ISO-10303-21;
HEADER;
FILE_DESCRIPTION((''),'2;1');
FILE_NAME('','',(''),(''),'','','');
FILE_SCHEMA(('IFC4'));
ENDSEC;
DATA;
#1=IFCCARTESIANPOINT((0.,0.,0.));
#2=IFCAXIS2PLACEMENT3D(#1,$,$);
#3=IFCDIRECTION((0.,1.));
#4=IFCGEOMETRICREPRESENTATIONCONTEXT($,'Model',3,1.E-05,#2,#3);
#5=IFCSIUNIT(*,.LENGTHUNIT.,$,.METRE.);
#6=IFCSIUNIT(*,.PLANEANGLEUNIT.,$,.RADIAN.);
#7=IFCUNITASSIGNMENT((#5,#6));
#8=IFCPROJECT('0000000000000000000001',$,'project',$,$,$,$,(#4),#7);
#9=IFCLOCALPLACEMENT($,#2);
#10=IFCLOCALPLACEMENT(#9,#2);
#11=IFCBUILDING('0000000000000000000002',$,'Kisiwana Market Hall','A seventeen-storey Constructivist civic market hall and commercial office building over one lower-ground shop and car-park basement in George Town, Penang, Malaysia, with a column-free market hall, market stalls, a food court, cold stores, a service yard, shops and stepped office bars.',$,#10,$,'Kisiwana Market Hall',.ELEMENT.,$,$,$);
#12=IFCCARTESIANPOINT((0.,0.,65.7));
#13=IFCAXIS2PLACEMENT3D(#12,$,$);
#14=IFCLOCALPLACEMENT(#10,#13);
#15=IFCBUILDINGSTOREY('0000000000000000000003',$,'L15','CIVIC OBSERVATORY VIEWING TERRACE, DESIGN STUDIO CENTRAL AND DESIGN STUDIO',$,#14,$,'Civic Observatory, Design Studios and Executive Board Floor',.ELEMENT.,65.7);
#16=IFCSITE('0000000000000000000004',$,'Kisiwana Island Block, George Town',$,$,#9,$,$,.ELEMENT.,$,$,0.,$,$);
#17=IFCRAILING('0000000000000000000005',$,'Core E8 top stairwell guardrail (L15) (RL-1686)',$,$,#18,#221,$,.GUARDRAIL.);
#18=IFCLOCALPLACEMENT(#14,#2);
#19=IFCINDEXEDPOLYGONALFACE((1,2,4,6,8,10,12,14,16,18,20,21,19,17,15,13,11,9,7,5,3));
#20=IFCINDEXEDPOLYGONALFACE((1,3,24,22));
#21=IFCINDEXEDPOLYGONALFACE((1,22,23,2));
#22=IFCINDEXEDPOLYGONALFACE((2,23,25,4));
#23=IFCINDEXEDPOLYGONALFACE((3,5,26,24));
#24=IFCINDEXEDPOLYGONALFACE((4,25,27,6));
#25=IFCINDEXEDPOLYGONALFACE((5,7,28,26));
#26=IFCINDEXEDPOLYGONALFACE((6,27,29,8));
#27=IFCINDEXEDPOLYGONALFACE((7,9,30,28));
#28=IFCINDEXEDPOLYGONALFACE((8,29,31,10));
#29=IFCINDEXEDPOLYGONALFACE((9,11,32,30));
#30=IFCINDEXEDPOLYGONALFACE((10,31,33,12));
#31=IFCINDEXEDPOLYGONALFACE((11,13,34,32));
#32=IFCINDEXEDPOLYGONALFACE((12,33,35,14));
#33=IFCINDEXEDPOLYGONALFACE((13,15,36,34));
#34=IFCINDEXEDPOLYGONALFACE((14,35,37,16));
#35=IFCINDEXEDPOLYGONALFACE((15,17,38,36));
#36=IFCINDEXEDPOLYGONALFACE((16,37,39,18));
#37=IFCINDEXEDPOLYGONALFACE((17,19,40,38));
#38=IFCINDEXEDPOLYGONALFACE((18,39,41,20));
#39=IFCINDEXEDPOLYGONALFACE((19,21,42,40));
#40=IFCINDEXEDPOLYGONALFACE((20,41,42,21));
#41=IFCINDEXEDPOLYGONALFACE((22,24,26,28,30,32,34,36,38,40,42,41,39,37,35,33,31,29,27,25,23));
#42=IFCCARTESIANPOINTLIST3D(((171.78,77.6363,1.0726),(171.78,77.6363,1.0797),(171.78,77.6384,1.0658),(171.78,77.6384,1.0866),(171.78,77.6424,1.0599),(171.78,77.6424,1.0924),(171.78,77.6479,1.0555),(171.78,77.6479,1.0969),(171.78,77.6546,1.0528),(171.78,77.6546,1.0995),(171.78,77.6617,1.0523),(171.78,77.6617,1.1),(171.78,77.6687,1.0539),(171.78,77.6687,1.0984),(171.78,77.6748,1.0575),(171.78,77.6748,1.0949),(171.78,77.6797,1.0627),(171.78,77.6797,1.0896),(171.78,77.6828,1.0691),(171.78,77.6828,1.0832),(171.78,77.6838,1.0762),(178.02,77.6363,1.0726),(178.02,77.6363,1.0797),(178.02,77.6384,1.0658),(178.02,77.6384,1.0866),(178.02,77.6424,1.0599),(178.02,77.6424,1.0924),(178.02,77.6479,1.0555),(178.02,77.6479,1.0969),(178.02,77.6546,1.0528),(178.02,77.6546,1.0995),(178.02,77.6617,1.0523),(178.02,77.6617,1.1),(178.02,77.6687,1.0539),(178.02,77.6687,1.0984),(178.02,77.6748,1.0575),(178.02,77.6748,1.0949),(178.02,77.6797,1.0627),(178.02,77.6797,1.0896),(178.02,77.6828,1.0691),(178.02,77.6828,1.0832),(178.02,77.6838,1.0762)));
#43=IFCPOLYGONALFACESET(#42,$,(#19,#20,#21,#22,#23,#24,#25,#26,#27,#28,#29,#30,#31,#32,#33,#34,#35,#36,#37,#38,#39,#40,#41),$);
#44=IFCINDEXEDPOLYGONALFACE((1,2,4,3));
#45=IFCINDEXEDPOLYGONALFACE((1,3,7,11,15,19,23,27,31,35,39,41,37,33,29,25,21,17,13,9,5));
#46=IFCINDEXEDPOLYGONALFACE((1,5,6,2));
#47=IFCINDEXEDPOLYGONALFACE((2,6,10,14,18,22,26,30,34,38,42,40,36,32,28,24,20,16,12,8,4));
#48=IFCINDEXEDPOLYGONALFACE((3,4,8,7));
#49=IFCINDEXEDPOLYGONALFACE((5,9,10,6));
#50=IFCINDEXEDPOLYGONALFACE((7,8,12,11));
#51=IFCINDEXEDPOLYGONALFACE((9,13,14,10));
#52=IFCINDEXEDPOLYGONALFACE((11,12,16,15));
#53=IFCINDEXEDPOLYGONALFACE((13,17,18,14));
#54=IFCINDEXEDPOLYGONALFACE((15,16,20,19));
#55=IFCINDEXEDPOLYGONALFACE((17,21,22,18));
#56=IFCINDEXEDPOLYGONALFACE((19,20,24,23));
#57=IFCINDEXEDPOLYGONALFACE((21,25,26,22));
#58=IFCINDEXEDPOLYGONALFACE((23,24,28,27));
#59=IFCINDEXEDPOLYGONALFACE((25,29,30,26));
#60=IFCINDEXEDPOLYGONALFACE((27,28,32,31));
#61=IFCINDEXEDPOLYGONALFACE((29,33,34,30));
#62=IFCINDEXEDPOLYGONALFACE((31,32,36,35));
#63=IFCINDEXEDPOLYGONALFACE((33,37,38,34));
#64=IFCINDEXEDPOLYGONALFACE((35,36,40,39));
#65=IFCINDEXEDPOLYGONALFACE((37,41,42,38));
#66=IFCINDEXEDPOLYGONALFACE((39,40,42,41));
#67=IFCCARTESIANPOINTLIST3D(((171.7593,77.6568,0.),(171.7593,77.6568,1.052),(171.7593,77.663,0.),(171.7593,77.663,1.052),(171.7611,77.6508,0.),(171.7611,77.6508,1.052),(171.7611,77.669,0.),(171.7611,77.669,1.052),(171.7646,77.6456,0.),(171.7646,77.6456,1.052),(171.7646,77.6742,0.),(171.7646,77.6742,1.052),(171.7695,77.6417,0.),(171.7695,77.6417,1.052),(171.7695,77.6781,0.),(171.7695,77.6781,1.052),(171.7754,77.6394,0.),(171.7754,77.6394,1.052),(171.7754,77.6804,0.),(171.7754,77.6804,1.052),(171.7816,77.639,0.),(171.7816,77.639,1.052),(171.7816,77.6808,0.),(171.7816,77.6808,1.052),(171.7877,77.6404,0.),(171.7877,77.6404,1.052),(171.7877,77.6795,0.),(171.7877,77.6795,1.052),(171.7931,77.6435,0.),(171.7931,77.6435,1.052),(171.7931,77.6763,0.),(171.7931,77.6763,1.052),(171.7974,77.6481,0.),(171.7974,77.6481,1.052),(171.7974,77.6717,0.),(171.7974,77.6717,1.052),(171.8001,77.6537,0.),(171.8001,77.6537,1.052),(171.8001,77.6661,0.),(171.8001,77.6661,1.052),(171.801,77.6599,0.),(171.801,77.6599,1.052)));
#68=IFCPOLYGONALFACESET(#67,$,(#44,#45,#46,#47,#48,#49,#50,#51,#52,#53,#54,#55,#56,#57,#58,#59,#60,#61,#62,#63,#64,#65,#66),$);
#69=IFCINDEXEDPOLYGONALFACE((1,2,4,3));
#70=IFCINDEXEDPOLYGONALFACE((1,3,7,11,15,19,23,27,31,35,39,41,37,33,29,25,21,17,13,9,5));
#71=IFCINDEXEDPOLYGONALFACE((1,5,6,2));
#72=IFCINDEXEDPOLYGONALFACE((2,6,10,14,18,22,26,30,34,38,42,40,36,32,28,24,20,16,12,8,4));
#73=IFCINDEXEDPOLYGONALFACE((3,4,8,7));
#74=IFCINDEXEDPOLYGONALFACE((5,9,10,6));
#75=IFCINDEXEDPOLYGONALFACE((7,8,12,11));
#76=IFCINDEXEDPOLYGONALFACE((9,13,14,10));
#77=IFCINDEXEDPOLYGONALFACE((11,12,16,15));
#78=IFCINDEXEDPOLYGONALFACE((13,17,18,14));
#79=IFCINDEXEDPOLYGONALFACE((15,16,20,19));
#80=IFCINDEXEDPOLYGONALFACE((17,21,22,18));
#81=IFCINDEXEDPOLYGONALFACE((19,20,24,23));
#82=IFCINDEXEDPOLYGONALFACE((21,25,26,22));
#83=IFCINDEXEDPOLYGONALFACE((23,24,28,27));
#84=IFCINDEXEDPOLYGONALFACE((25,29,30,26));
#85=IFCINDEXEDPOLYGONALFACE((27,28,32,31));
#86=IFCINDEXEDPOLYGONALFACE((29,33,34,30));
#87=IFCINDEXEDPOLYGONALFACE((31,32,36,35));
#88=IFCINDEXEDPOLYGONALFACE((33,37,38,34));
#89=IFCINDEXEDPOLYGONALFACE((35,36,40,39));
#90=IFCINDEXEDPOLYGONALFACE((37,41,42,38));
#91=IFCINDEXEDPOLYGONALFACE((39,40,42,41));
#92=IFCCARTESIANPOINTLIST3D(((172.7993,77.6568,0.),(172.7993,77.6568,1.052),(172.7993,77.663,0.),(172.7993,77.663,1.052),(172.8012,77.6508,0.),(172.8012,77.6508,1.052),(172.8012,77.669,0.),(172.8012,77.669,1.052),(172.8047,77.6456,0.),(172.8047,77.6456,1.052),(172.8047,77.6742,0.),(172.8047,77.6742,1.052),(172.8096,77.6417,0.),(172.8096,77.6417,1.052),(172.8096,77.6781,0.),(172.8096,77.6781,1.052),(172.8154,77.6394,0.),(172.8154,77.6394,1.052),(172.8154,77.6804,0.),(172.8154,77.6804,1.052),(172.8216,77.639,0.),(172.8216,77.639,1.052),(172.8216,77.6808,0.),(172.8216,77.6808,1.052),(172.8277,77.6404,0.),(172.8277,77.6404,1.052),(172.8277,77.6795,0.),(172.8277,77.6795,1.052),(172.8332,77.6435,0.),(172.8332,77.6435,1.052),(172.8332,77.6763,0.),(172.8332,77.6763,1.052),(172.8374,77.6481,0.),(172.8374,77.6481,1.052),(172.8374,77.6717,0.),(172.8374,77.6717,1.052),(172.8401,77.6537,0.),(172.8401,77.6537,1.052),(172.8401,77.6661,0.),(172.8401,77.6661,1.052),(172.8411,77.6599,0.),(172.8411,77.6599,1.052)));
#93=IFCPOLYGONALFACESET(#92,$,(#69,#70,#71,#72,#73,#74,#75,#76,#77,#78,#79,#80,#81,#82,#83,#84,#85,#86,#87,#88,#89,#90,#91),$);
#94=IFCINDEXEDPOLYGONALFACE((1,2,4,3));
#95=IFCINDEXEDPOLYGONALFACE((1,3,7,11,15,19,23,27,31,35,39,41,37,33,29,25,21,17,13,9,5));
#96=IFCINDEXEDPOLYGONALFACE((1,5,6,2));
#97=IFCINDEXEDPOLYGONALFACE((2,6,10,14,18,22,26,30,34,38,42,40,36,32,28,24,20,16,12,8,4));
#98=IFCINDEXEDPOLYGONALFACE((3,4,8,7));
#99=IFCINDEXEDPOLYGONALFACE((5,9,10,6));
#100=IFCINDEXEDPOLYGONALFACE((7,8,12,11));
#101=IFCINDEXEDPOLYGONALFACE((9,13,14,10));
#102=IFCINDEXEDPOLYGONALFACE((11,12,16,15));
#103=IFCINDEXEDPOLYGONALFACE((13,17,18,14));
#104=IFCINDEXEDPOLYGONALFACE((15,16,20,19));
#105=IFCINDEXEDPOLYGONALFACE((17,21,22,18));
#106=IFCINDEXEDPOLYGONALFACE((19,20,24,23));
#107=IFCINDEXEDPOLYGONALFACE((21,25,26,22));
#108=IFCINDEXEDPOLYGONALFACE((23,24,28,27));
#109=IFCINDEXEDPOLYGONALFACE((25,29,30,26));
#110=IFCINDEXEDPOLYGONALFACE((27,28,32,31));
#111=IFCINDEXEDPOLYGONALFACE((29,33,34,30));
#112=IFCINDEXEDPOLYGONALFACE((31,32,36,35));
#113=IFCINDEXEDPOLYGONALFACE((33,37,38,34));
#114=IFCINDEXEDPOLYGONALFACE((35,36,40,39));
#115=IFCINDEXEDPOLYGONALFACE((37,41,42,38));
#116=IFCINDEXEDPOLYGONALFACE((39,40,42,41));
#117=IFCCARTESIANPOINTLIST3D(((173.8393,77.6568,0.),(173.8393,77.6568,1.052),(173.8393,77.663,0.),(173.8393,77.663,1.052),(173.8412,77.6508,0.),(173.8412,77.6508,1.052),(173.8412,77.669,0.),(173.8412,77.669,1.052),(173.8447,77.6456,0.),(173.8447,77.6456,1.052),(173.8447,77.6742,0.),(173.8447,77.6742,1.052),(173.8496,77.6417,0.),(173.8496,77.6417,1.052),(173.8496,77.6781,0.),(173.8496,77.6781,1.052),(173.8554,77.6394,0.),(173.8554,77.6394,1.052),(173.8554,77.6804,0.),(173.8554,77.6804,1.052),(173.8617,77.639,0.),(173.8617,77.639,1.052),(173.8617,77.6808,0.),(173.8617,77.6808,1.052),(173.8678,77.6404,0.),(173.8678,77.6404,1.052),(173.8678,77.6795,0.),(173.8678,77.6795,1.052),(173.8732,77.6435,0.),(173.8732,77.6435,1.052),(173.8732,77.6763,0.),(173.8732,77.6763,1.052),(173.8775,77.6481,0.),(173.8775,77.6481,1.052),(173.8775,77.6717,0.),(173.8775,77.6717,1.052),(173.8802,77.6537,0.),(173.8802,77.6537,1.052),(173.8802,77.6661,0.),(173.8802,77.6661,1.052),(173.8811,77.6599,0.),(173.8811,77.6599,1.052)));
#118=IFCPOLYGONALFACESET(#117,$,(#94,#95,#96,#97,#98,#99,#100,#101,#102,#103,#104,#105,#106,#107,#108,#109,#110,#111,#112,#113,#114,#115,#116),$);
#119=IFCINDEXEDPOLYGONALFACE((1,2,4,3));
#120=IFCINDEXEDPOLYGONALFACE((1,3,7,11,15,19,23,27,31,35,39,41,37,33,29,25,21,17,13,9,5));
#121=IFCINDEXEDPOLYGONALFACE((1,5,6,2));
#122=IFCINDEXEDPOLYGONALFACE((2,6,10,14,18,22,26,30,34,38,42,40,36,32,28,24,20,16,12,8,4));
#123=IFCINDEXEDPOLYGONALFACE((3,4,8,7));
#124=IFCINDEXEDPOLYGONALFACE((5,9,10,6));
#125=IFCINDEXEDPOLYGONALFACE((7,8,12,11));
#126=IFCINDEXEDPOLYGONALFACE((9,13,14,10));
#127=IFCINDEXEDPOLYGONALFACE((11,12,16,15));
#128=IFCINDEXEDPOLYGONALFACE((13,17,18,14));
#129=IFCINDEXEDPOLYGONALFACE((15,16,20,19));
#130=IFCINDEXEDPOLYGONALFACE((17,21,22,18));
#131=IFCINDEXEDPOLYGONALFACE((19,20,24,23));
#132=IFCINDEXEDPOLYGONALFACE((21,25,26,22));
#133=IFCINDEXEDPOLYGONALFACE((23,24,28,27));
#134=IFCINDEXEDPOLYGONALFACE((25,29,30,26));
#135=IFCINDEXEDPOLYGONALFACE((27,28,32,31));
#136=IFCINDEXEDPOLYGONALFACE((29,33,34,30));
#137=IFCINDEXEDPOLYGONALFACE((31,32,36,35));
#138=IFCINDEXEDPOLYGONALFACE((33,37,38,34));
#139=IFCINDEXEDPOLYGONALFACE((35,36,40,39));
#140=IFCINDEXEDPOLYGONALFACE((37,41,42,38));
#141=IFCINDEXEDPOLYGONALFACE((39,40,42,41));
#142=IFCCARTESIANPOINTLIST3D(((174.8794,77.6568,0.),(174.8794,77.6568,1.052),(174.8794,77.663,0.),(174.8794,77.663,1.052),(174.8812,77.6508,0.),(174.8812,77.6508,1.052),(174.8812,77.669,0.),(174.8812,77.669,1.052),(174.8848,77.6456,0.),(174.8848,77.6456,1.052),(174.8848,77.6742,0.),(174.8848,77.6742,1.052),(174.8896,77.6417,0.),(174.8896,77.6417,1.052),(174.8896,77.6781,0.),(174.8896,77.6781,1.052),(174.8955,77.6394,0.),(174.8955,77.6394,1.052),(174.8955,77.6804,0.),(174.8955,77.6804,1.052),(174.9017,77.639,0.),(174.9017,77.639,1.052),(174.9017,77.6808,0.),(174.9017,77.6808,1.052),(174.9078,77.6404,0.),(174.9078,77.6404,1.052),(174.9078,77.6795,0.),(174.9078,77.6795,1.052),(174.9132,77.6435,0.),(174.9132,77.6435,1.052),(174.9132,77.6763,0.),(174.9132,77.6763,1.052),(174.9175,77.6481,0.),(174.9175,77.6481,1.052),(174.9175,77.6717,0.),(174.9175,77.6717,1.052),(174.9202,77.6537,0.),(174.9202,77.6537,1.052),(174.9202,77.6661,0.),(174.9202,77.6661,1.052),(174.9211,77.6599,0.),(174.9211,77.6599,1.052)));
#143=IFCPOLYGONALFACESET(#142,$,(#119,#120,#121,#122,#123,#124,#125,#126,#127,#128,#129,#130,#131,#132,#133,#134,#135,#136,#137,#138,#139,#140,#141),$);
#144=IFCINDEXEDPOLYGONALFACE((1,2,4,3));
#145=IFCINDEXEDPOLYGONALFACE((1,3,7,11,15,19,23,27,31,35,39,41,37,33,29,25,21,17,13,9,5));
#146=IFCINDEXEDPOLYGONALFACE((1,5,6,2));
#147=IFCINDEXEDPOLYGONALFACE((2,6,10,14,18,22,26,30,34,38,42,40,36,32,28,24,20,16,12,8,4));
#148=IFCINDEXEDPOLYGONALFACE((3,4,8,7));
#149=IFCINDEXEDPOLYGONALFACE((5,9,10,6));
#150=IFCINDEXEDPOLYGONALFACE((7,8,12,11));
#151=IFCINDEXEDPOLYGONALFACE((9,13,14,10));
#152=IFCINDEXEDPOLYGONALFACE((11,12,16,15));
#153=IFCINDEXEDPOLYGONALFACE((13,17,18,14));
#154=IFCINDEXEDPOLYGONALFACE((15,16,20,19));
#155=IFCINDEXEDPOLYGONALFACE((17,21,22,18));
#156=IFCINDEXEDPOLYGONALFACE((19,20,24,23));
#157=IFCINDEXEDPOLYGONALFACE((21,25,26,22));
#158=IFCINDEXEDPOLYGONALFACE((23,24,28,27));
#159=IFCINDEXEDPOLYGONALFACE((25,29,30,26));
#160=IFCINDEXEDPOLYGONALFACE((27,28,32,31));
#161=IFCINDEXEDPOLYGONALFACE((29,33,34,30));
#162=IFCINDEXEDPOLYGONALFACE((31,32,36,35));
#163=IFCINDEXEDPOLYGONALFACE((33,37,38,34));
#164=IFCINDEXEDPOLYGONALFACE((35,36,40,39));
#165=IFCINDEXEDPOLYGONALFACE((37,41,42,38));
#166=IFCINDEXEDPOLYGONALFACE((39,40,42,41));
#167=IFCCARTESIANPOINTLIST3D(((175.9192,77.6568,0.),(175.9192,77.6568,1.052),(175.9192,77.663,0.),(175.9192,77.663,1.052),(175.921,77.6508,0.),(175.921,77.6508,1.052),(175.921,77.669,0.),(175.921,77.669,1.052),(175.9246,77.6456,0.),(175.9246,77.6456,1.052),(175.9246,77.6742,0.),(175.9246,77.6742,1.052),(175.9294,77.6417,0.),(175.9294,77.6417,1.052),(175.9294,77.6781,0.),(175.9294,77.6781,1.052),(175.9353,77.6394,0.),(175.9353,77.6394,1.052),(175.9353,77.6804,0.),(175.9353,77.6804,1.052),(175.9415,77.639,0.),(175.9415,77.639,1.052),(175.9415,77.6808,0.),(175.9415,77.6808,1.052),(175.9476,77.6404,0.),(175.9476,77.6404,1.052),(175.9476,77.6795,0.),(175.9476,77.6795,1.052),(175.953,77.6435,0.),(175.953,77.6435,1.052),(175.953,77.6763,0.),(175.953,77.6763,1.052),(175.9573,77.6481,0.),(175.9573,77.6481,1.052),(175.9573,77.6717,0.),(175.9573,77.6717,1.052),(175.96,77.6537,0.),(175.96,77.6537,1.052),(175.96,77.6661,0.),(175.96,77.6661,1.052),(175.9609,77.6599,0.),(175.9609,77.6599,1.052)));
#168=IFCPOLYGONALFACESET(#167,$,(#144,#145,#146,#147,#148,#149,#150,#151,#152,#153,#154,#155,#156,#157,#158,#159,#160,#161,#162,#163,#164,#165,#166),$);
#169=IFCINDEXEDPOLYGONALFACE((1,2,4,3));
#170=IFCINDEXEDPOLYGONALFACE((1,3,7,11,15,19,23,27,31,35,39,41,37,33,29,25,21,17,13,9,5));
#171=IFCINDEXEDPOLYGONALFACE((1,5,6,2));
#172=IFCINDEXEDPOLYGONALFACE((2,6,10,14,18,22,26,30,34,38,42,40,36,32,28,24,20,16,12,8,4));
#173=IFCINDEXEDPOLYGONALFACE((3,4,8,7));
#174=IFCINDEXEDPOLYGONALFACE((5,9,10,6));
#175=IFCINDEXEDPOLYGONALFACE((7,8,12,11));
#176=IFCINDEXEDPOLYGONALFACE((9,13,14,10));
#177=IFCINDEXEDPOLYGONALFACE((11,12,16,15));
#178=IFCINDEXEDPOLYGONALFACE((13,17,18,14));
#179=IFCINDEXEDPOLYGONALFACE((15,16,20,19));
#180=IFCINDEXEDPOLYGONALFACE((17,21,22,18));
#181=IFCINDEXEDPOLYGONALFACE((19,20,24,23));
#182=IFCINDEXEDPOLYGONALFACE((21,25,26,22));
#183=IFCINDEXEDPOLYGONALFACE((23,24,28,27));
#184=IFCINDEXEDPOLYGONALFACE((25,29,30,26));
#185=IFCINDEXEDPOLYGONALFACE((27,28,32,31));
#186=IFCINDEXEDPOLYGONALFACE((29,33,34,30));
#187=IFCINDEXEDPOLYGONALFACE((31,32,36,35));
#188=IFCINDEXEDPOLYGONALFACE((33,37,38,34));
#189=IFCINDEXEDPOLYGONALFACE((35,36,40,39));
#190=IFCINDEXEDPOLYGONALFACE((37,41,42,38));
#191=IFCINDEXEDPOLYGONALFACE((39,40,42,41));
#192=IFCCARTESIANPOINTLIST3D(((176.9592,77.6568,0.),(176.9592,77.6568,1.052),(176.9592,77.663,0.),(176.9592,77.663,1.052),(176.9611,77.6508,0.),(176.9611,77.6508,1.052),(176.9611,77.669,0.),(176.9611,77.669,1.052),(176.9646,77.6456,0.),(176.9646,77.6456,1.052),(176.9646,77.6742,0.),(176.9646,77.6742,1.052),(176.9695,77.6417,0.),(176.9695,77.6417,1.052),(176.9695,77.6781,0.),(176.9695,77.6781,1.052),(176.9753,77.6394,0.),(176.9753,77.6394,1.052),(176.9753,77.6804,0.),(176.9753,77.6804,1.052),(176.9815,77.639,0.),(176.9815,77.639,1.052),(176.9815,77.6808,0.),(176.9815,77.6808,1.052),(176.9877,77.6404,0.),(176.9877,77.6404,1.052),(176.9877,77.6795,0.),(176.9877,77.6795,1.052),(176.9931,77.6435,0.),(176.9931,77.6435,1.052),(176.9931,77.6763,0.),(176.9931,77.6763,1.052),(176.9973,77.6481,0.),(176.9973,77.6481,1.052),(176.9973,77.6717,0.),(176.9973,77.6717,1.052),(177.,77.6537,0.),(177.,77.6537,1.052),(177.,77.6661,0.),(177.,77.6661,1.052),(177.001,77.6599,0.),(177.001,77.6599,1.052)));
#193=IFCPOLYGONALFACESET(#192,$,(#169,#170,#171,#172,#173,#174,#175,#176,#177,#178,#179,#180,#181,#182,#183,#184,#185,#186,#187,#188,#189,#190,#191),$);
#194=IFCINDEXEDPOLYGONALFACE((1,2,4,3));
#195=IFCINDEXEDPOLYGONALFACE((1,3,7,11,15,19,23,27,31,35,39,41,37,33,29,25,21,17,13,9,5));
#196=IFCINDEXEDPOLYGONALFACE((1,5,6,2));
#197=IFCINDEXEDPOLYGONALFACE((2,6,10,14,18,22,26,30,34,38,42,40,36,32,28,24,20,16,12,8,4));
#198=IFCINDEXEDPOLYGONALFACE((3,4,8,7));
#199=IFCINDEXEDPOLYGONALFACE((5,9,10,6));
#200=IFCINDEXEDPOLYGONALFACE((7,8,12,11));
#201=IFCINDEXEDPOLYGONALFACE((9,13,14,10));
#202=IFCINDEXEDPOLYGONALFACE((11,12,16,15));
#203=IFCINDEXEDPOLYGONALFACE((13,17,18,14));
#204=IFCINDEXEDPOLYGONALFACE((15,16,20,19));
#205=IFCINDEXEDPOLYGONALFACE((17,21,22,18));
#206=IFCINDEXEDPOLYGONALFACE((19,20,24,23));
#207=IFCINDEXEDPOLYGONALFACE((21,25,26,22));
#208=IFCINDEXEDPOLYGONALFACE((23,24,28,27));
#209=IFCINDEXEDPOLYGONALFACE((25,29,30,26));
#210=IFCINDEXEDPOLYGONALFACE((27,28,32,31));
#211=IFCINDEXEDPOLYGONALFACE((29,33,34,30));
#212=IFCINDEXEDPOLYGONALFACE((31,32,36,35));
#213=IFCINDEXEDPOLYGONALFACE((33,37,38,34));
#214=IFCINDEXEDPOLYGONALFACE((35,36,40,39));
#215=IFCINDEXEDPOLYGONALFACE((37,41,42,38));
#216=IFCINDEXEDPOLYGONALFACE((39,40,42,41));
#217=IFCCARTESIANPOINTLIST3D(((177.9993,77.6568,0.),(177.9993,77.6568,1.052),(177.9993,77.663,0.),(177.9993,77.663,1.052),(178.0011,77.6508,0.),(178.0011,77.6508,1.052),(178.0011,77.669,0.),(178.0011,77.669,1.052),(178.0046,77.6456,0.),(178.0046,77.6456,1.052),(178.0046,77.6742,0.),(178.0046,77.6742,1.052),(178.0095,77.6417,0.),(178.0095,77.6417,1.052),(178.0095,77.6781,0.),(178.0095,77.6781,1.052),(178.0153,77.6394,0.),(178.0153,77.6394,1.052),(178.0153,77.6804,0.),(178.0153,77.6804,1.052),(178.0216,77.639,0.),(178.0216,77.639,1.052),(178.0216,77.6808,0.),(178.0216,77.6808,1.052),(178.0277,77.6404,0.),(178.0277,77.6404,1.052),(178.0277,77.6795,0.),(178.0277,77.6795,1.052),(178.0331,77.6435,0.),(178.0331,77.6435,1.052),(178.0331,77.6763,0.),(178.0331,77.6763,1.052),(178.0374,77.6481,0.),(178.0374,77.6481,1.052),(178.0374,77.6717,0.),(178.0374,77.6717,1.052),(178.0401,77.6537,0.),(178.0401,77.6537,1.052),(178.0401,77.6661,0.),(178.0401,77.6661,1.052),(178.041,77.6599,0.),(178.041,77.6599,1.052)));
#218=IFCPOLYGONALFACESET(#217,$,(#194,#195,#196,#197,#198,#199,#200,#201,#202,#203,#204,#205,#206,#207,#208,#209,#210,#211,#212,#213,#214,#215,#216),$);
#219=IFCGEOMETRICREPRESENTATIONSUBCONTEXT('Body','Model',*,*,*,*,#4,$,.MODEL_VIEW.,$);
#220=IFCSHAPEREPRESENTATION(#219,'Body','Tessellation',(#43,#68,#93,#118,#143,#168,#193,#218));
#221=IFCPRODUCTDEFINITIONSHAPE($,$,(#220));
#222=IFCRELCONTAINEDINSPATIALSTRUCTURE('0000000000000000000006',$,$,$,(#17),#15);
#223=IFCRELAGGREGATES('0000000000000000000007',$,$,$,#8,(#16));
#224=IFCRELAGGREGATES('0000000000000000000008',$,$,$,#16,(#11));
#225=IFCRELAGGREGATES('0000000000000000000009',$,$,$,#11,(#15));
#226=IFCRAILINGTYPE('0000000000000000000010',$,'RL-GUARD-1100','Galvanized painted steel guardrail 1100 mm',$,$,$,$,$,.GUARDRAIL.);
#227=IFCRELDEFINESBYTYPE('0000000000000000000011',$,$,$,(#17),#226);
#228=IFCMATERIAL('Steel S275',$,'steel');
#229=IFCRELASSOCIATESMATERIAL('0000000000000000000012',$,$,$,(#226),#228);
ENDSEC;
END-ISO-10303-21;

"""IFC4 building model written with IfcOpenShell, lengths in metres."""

from ifc_helpers import new_model, si_unit, direction, frame, origin, origin_2d, place, context, subcontext, project, spatial, circle, extrude, material, type_object, element, save


model = new_model("IFC4")

# Units and contexts
model_context = context("Model", 3, precision=1e-05, world=origin(), true_north=direction((0.0, 1.0)))
body_context = subcontext(model_context, "Body", "Model", "MODEL_VIEW")
ifc_project = project(units=[si_unit("LENGTHUNIT", "METRE"), si_unit("PLANEANGLEUNIT", "RADIAN")], contexts=[model_context])

# Site, building, storey
site_placement = place(None, origin())
site = spatial("IfcSite", under=ifc_project, at=site_placement, Name="Kisiwana Island Block, George Town", CompositionType="ELEMENT", RefElevation=0.0)
building_placement = place(site_placement, origin())
building = spatial("IfcBuilding", under=site, at=building_placement, Name="Kisiwana Market Hall", Description="A seventeen-storey Constructivist civic market hall and commercial office building over one lower-ground shop and car-park basement in George Town, Penang, Malaysia, with a column-free market hall, market stalls, a food court, cold stores, a service yard, shops and stepped office bars.", LongName="Kisiwana Market Hall", CompositionType="ELEMENT")
storey_placement = place(building_placement, frame((0.0, 0.0, 65.7)))
storey = spatial("IfcBuildingStorey", under=building, at=storey_placement, Name="L15", Description="CIVIC OBSERVATORY VIEWING TERRACE, DESIGN STUDIO CENTRAL AND DESIGN STUDIO", LongName="Civic Observatory, Design Studios and Executive Board Floor", CompositionType="ELEMENT", Elevation=65.7)

# Railing
ifc_material_1 = material(Name="Steel S275", Category="steel")
railing_type = type_object("IfcRailingType", Name="RL-GUARD-1100", Description="Galvanized painted steel guardrail 1100 mm", PredefinedType="GUARDRAIL", material=ifc_material_1)
railing_1_placement = place(storey_placement, frame((171.78, 77.6599, 0.0)))
element("IfcRailing", 1, at=railing_1_placement, inside=storey, type_object=railing_type, Name="Core E8 top stairwell guardrail (L15) (RL-1686)", PredefinedType="GUARDRAIL", context=body_context, shape_type="SweptSolid", body=[
    extrude(circle(Radius=0.0239, at=origin_2d()), frame((0.0, 0.0, 1.0762), z_axis=(1.0, 0.0, 0.0), x_axis=(0.0, 1.0, 0.0)), (0.0, 0.0, 1.0), 6.24),
    extrude(circle(Radius=0.021, at=origin_2d()), origin(), (0.0, 0.0, 1.0), 1.052),
    extrude(circle(Radius=0.021, at=origin_2d()), frame((1.04, 0.0, 0.0)), (0.0, 0.0, 1.0), 1.052),
    extrude(circle(Radius=0.021, at=origin_2d()), frame((2.0801, 0.0, 0.0)), (0.0, 0.0, 1.0), 1.052),
    extrude(circle(Radius=0.021, at=origin_2d()), frame((3.1201, 0.0, 0.0)), (0.0, 0.0, 1.0), 1.052),
    extrude(circle(Radius=0.021, at=origin_2d()), frame((4.1599, 0.0, 0.0)), (0.0, 0.0, 1.0), 1.052),
    extrude(circle(Radius=0.021, at=origin_2d()), frame((5.2, 0.0, 0.0)), (0.0, 0.0, 1.0), 1.052),
    extrude(circle(Radius=0.021, at=origin_2d()), frame((6.24, 0.0, 0.0)), (0.0, 0.0, 1.0), 1.052),
])

save(model, "model.ifc")
